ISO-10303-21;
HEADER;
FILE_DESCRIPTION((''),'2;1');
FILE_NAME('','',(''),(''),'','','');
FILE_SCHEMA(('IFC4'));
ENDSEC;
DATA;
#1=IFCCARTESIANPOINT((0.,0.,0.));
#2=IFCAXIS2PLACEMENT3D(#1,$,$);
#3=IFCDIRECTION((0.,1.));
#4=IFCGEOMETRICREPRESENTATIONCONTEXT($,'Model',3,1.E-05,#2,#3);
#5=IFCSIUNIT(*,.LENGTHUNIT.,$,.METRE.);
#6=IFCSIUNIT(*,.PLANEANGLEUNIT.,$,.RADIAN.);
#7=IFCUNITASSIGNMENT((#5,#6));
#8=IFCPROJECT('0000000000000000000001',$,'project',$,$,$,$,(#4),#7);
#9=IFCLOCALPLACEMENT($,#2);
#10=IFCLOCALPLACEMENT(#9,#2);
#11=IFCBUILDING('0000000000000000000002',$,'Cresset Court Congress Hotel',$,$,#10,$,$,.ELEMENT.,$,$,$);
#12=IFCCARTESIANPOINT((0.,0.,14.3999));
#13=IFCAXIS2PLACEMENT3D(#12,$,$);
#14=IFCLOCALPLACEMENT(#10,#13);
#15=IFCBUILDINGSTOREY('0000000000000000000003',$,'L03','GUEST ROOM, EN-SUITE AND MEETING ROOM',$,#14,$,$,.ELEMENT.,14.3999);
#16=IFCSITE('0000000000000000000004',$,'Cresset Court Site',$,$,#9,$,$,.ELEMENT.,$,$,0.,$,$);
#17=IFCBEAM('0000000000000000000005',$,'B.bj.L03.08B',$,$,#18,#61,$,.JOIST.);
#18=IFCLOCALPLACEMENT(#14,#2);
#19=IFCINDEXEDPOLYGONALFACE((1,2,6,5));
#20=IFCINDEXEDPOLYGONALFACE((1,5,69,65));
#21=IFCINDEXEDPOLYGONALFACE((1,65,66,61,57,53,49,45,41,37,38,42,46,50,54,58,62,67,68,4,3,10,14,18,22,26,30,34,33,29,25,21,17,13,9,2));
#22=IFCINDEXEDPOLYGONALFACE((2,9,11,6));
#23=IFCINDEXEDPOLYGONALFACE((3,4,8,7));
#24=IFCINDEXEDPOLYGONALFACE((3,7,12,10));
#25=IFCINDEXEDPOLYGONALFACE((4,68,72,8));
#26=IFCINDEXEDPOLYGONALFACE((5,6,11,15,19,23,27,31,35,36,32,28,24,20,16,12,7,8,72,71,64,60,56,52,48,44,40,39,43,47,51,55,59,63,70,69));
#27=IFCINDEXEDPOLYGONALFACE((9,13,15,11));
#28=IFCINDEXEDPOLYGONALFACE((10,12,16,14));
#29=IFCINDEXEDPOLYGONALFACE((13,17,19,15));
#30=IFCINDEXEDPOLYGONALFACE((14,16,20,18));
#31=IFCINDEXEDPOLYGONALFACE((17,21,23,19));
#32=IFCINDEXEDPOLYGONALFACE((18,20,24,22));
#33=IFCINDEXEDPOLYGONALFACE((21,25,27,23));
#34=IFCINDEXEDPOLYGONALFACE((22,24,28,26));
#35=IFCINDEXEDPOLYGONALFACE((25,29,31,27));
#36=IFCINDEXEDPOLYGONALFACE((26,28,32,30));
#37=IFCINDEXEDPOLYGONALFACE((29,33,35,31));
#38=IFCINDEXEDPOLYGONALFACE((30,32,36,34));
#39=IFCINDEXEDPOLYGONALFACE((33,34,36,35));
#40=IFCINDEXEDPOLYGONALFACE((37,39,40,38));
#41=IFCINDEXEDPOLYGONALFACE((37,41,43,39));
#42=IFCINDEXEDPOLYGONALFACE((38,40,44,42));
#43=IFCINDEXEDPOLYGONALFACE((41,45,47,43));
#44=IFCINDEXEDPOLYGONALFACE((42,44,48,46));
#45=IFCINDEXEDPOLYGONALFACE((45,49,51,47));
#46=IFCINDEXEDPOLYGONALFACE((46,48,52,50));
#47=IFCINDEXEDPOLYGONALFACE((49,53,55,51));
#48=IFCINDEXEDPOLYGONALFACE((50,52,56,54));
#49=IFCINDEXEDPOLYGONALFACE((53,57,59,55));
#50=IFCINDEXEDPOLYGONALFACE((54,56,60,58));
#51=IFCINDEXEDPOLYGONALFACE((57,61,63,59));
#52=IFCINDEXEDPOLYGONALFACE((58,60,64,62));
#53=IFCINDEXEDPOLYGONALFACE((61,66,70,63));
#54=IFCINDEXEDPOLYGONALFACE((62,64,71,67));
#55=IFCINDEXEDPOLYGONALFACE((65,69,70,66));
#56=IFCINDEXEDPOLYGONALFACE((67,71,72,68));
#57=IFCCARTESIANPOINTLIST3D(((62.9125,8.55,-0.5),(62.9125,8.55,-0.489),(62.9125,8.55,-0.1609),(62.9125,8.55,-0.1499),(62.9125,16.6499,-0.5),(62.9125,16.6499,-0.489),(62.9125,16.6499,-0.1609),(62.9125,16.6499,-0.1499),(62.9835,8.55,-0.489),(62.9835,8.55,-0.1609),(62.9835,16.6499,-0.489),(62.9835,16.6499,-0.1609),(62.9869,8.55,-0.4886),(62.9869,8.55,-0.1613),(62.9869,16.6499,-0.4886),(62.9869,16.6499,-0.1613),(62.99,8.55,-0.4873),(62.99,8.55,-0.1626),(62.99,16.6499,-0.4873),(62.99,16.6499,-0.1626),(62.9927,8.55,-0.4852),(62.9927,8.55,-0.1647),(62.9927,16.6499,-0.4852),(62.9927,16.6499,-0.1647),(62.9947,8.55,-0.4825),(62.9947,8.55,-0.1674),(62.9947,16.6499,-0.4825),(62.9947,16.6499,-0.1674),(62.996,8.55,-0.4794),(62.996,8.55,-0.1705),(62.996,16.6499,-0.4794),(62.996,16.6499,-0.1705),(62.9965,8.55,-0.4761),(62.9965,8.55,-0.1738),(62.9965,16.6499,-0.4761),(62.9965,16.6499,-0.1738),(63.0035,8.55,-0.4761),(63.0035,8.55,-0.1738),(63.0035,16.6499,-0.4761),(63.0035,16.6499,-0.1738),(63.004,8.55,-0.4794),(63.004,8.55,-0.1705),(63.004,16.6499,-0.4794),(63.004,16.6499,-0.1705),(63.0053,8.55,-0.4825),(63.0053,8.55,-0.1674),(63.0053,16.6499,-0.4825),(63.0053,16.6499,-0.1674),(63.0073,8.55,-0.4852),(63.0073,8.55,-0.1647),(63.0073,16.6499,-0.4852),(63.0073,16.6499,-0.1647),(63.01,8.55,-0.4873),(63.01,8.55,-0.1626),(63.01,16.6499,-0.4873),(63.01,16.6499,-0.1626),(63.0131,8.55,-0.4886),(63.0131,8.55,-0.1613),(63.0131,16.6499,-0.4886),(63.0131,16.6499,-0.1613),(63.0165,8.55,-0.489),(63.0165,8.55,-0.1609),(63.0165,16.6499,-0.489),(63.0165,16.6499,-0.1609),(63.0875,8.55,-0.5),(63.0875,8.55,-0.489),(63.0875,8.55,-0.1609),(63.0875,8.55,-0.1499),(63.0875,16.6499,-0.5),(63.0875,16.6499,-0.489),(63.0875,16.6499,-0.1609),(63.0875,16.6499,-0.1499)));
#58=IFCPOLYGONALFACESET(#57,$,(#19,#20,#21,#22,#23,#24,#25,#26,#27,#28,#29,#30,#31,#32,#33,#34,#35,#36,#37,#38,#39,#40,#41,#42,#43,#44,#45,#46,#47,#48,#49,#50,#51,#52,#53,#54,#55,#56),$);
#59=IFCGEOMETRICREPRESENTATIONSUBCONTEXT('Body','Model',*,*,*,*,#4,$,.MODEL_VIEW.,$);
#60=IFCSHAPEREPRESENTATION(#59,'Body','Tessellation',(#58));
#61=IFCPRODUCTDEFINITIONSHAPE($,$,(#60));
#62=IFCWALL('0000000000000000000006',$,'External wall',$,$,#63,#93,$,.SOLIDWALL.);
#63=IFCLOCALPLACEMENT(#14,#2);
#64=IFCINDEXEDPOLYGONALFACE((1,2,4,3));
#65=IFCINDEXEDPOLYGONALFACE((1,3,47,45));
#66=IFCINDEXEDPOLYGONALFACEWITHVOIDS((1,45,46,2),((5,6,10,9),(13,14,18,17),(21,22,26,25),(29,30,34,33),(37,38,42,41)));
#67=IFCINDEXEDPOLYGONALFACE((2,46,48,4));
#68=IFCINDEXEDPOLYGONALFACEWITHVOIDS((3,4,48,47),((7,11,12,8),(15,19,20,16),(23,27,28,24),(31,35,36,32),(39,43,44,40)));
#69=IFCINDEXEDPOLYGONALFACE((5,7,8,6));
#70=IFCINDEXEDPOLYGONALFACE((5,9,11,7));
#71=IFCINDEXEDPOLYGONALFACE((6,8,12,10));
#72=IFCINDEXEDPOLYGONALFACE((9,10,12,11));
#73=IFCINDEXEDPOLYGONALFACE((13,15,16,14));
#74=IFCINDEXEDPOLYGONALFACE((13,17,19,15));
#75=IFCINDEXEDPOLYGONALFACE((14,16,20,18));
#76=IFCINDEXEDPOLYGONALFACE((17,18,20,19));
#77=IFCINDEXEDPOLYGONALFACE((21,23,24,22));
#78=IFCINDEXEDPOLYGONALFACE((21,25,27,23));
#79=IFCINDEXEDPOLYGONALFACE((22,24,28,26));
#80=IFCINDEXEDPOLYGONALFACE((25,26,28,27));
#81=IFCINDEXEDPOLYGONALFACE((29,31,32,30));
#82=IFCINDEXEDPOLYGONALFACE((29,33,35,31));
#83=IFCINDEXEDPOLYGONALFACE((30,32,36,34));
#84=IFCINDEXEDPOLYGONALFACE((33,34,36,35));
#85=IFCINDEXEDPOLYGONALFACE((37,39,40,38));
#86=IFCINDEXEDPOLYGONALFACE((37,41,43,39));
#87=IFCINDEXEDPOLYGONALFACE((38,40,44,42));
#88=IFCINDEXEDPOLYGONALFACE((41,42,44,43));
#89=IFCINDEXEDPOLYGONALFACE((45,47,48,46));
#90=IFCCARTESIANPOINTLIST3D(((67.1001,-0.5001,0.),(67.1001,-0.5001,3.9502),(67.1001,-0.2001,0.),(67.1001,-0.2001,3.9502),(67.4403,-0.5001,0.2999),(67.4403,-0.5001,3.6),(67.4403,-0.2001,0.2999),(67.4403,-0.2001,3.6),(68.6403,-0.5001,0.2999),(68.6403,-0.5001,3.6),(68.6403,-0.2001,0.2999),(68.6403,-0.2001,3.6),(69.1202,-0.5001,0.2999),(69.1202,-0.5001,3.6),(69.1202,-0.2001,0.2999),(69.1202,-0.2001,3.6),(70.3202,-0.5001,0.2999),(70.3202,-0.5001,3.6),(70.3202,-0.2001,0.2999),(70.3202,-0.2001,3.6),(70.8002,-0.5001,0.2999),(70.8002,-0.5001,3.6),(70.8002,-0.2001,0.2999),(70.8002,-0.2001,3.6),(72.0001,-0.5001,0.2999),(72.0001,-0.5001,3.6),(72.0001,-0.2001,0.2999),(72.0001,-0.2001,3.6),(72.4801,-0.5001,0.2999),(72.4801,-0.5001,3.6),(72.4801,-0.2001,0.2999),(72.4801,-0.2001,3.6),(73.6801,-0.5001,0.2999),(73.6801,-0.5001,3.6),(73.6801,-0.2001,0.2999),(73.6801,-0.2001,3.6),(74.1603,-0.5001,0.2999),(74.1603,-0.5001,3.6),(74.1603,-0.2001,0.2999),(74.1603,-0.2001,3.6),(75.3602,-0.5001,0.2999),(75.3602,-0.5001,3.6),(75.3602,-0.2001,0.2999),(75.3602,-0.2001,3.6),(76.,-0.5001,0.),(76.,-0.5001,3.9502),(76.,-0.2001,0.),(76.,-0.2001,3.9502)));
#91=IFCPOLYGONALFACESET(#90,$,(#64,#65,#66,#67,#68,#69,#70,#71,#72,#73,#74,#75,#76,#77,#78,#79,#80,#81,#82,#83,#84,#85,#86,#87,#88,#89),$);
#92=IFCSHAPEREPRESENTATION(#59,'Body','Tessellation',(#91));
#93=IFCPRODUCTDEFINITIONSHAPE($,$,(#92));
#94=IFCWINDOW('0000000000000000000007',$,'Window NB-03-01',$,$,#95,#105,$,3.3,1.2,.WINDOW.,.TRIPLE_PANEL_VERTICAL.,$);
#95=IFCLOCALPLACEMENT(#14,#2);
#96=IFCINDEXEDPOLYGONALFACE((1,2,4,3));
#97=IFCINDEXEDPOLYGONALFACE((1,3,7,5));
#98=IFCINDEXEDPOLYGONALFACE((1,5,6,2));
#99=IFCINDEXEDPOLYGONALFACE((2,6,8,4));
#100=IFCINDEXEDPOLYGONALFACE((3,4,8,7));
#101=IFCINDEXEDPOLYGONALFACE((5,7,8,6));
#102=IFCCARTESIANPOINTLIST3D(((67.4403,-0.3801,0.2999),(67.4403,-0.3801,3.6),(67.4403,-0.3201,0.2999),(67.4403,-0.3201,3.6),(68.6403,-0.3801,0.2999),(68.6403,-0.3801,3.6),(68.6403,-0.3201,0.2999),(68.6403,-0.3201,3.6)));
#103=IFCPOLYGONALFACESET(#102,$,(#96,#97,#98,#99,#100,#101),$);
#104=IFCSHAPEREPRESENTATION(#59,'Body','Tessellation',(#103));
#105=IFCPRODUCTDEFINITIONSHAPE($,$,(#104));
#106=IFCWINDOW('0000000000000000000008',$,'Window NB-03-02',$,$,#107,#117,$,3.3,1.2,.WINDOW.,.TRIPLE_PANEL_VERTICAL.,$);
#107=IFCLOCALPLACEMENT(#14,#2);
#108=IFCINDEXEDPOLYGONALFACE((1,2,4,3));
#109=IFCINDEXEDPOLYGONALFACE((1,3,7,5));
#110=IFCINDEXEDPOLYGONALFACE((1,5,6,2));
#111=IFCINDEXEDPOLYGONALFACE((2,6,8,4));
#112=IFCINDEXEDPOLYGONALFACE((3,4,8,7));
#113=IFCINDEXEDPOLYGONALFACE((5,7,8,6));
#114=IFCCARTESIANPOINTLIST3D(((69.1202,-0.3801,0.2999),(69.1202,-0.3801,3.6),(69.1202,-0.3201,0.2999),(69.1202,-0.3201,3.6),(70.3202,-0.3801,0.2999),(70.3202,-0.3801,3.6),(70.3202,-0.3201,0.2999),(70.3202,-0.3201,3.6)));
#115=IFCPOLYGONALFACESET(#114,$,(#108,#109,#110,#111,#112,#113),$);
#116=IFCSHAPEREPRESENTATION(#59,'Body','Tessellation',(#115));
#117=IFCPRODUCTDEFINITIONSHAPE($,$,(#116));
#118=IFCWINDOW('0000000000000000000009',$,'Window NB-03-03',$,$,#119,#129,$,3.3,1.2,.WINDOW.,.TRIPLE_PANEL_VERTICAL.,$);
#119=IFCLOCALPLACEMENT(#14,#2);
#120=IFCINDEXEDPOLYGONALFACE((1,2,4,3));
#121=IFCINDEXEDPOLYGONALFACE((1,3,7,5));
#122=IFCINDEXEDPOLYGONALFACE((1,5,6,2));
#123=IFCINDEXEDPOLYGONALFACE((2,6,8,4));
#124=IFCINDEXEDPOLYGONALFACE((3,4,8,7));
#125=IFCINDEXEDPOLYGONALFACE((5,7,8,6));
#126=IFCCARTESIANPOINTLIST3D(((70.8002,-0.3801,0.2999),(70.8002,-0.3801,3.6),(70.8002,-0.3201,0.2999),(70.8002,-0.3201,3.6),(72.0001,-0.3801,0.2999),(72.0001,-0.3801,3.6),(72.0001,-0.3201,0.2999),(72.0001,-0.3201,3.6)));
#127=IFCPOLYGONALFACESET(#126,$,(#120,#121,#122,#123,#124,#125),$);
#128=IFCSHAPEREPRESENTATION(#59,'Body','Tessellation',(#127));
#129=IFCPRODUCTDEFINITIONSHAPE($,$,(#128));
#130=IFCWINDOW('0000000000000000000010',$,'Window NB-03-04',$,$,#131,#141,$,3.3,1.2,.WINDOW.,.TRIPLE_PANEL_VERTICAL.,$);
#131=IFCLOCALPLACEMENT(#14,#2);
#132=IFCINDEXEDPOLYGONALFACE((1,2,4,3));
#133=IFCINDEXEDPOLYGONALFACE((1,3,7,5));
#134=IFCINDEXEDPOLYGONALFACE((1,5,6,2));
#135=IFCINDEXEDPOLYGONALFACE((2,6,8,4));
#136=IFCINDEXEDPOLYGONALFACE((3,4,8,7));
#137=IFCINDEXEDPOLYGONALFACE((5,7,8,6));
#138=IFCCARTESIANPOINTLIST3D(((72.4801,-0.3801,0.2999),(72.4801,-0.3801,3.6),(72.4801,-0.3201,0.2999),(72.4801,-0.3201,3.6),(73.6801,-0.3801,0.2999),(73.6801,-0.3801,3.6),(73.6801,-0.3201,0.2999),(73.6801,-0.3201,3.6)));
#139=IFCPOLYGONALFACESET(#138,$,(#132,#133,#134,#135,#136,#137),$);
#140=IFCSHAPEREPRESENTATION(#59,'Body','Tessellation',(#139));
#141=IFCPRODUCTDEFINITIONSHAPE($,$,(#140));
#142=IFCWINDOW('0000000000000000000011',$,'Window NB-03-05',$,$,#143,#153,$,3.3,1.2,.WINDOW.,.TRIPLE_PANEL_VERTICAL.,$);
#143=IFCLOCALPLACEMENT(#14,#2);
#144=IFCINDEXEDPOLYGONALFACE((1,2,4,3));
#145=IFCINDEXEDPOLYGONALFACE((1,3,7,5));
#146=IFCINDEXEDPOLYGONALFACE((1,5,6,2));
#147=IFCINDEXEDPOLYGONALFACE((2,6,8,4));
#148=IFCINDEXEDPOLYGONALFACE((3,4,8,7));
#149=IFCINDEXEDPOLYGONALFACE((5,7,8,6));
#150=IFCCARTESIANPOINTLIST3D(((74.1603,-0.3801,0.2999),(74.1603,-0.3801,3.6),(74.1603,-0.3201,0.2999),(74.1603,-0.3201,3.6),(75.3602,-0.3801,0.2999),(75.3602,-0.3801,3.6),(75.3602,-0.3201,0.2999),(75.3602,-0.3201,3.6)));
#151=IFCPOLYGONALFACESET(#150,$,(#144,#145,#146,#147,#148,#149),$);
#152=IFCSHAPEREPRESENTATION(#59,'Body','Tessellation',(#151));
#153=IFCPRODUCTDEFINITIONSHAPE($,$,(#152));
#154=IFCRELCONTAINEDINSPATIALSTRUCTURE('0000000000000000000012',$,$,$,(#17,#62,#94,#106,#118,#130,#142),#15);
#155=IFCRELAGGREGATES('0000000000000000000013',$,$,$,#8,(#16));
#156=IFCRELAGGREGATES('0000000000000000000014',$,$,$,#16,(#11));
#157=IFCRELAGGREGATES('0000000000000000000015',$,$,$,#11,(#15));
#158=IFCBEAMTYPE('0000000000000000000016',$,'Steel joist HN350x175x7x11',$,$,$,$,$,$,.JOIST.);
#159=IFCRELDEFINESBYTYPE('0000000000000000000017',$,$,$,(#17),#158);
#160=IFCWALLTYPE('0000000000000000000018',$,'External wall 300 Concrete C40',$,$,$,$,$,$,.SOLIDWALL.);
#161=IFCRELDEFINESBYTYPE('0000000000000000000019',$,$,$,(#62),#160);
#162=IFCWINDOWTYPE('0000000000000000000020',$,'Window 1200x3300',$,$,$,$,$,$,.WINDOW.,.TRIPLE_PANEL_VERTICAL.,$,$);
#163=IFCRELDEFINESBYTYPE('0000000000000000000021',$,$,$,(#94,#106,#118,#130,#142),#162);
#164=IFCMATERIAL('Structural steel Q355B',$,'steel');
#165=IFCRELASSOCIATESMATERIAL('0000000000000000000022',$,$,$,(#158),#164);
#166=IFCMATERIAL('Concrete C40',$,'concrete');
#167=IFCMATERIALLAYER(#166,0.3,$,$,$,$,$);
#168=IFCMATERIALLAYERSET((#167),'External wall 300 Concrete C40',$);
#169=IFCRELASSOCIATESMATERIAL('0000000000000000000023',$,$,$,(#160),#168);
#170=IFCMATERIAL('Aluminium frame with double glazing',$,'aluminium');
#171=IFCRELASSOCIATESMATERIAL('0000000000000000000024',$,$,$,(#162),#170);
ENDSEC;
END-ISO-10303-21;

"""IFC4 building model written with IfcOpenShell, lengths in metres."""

from ifc_helpers import new_model, si_unit, direction, frame, frame_2d, origin, origin_2d, place, context, subcontext, project, spatial, rectangle, i_section, extrude, material, layer, layer_set, material_profile, profile_set, type_object, element, fill, save


model = new_model("IFC4")

# Units and contexts
model_context = context("Model", 3, precision=1e-05, world=origin(), true_north=direction((0.0, 1.0)))
body_context = subcontext(model_context, "Body", "Model", "MODEL_VIEW")
ifc_project = project(units=[si_unit("LENGTHUNIT", "METRE"), si_unit("PLANEANGLEUNIT", "RADIAN")], contexts=[model_context])

# Site, building, storey
site_placement = place(None, origin())
site = spatial("IfcSite", under=ifc_project, at=site_placement, Name="Cresset Court Site", CompositionType="ELEMENT", RefElevation=0.0)
building_placement = place(site_placement, origin())
building = spatial("IfcBuilding", under=site, at=building_placement, Name="Cresset Court Congress Hotel", CompositionType="ELEMENT")
storey_placement = place(building_placement, frame((0.0, 0.0, 14.3999)))
storey = spatial("IfcBuildingStorey", under=building, at=storey_placement, Name="L03", Description="GUEST ROOM, EN-SUITE AND MEETING ROOM", CompositionType="ELEMENT", Elevation=14.3999)

# Beam
ifc_material_1 = material(Name="Structural steel Q355B", Category="steel")
ifc_material_profile_1 = material_profile(ifc_material_1, i_section(OverallWidth=0.175, OverallDepth=0.3501, WebThickness=0.0071, FlangeThickness=0.011, FilletRadius=0.0129, at=origin_2d()), Name="HN350x175x7x11")
ifc_profile_set_1 = profile_set([ifc_material_profile_1], Name="Structural steel Q355B")
beam_type_1 = type_object("IfcBeamType", Name="Steel joist HN350x175x7x11", PredefinedType="JOIST", material=ifc_profile_set_1)
beam_1_placement = place(storey_placement, frame((63.0, 8.55, -0.325), z_axis=(0.0, 1.0, 0.0), x_axis=(-1.0, 0.0, 0.0)))
element("IfcBeam", 1, at=beam_1_placement, inside=storey, type_object=beam_type_1, Name="B.bj.L03.08B", PredefinedType="JOIST", context=body_context, shape_type="SweptSolid", body=[
    extrude(i_section(OverallWidth=0.175, OverallDepth=0.3501, WebThickness=0.0071, FlangeThickness=0.011, FilletRadius=0.0129, at=origin_2d()), origin(), (0.0, 0.0, 1.0), 8.0999),
])

# Wall, openings, windows
ifc_material_2 = material(Name="Concrete C40", Category="concrete")
ifc_layer_1 = layer(ifc_material_2, 0.3)
ifc_layer_set_1 = layer_set([ifc_layer_1], Name="External wall 300 Concrete C40")
wall_type_1 = type_object("IfcWallType", Name="External wall 300 Concrete C40", PredefinedType="SOLIDWALL", material=ifc_layer_set_1)
wall_1_placement = place(storey_placement, frame((67.1001, -0.3501, 0.0), z_axis=(0.0, 0.0, 1.0), x_axis=(1.0, 0.0, 0.0)))
wall_1 = element("IfcWall", 2, at=wall_1_placement, inside=storey, type_object=wall_type_1, Name="External wall", PredefinedType="SOLIDWALL", context=body_context, shape_type="SweptSolid", body=[
    extrude(rectangle(XDim=8.8999, YDim=0.3, at=frame_2d((4.45, 0.0))), origin(), (0.0, 0.0, 1.0), 3.9502),
])
opening_1_placement = place(wall_1_placement, frame((0.3401, 0.0, 0.3)))
opening_1 = element("IfcOpeningElement", 3, at=opening_1_placement, cuts=wall_1, PredefinedType="OPENING", context=body_context, shape_type="SweptSolid", body=[
    extrude(rectangle(XDim=1.2, YDim=3.3, at=frame_2d((0.6001, 1.6499))), frame((0.0, 0.1599, 0.0), z_axis=(0.0, -1.0, 0.0), x_axis=(1.0, 0.0, 0.0)), (0.0, 0.0, 1.0), 0.3201),
])
opening_2_placement = place(wall_1_placement, frame((2.02, 0.0, 0.3)))
opening_2 = element("IfcOpeningElement", 4, at=opening_2_placement, cuts=wall_1, PredefinedType="OPENING", context=body_context, shape_type="SweptSolid", body=[
    extrude(rectangle(XDim=1.2, YDim=3.3, at=frame_2d((0.6001, 1.6499))), frame((0.0, 0.1599, 0.0), z_axis=(0.0, -1.0, 0.0), x_axis=(1.0, 0.0, 0.0)), (0.0, 0.0, 1.0), 0.3201),
])
opening_3_placement = place(wall_1_placement, frame((3.7, 0.0, 0.3)))
opening_3 = element("IfcOpeningElement", 5, at=opening_3_placement, cuts=wall_1, PredefinedType="OPENING", context=body_context, shape_type="SweptSolid", body=[
    extrude(rectangle(XDim=1.2, YDim=3.3, at=frame_2d((0.6001, 1.6499))), frame((0.0, 0.1599, 0.0), z_axis=(0.0, -1.0, 0.0), x_axis=(1.0, 0.0, 0.0)), (0.0, 0.0, 1.0), 0.3201),
])
opening_4_placement = place(wall_1_placement, frame((5.3799, 0.0, 0.3)))
opening_4 = element("IfcOpeningElement", 6, at=opening_4_placement, cuts=wall_1, PredefinedType="OPENING", context=body_context, shape_type="SweptSolid", body=[
    extrude(rectangle(XDim=1.2, YDim=3.3, at=frame_2d((0.6001, 1.6499))), frame((0.0, 0.1599, 0.0), z_axis=(0.0, -1.0, 0.0), x_axis=(1.0, 0.0, 0.0)), (0.0, 0.0, 1.0), 0.3201),
])
opening_5_placement = place(wall_1_placement, frame((7.0601, 0.0, 0.3)))
opening_5 = element("IfcOpeningElement", 7, at=opening_5_placement, cuts=wall_1, PredefinedType="OPENING", context=body_context, shape_type="SweptSolid", body=[
    extrude(rectangle(XDim=1.2, YDim=3.3, at=frame_2d((0.6001, 1.6499))), frame((0.0, 0.1599, 0.0), z_axis=(0.0, -1.0, 0.0), x_axis=(1.0, 0.0, 0.0)), (0.0, 0.0, 1.0), 0.3201),
])
ifc_material_3 = material(Name="Aluminium frame with double glazing", Category="aluminium")
window_type = type_object("IfcWindowType", Name="Window 1200x3300", PartitioningType="TRIPLE_PANEL_VERTICAL", PredefinedType="WINDOW", material=ifc_material_3)
window_1_placement = place(opening_1_placement, origin())
window_1 = element("IfcWindow", 8, at=window_1_placement, inside=storey, type_object=window_type, Name="Window NB-03-01", OverallHeight=3.3, OverallWidth=1.2, PartitioningType="TRIPLE_PANEL_VERTICAL", PredefinedType="WINDOW", context=body_context, shape_type="SweptSolid", body=[
    extrude(rectangle(XDim=1.2, YDim=3.3, at=frame_2d((0.6001, 1.6499))), frame((0.0, 0.03, 0.0), z_axis=(0.0, -1.0, 0.0), x_axis=(1.0, 0.0, 0.0)), (0.0, 0.0, 1.0), 0.0601),
])
fill(opening_1, window_1)
window_2_placement = place(opening_2_placement, origin())
window_2 = element("IfcWindow", 9, at=window_2_placement, inside=storey, type_object=window_type, Name="Window NB-03-02", OverallHeight=3.3, OverallWidth=1.2, PartitioningType="TRIPLE_PANEL_VERTICAL", PredefinedType="WINDOW", context=body_context, shape_type="SweptSolid", body=[
    extrude(rectangle(XDim=1.2, YDim=3.3, at=frame_2d((0.6001, 1.6499))), frame((0.0, 0.03, 0.0), z_axis=(0.0, -1.0, 0.0), x_axis=(1.0, 0.0, 0.0)), (0.0, 0.0, 1.0), 0.0601),
])
fill(opening_2, window_2)
window_3_placement = place(opening_3_placement, origin())
window_3 = element("IfcWindow", 10, at=window_3_placement, inside=storey, type_object=window_type, Name="Window NB-03-03", OverallHeight=3.3, OverallWidth=1.2, PartitioningType="TRIPLE_PANEL_VERTICAL", PredefinedType="WINDOW", context=body_context, shape_type="SweptSolid", body=[
    extrude(rectangle(XDim=1.2, YDim=3.3, at=frame_2d((0.6001, 1.6499))), frame((0.0, 0.03, 0.0), z_axis=(0.0, -1.0, 0.0), x_axis=(1.0, 0.0, 0.0)), (0.0, 0.0, 1.0), 0.0601),
])
fill(opening_3, window_3)
window_4_placement = place(opening_4_placement, origin())
window_4 = element("IfcWindow", 11, at=window_4_placement, inside=storey, type_object=window_type, Name="Window NB-03-04", OverallHeight=3.3, OverallWidth=1.2, PartitioningType="TRIPLE_PANEL_VERTICAL", PredefinedType="WINDOW", context=body_context, shape_type="SweptSolid", body=[
    extrude(rectangle(XDim=1.2, YDim=3.3, at=frame_2d((0.6001, 1.6499))), frame((0.0, 0.03, 0.0), z_axis=(0.0, -1.0, 0.0), x_axis=(1.0, 0.0, 0.0)), (0.0, 0.0, 1.0), 0.0601),
])
fill(opening_4, window_4)
window_5_placement = place(opening_5_placement, origin())
window_5 = element("IfcWindow", 12, at=window_5_placement, inside=storey, type_object=window_type, Name="Window NB-03-05", OverallHeight=3.3, OverallWidth=1.2, PartitioningType="TRIPLE_PANEL_VERTICAL", PredefinedType="WINDOW", context=body_context, shape_type="SweptSolid", body=[
    extrude(rectangle(XDim=1.2, YDim=3.3, at=frame_2d((0.6001, 1.6499))), frame((0.0, 0.03, 0.0), z_axis=(0.0, -1.0, 0.0), x_axis=(1.0, 0.0, 0.0)), (0.0, 0.0, 1.0), 0.0601),
])
fill(opening_5, window_5)

save(model, "model.ifc")
